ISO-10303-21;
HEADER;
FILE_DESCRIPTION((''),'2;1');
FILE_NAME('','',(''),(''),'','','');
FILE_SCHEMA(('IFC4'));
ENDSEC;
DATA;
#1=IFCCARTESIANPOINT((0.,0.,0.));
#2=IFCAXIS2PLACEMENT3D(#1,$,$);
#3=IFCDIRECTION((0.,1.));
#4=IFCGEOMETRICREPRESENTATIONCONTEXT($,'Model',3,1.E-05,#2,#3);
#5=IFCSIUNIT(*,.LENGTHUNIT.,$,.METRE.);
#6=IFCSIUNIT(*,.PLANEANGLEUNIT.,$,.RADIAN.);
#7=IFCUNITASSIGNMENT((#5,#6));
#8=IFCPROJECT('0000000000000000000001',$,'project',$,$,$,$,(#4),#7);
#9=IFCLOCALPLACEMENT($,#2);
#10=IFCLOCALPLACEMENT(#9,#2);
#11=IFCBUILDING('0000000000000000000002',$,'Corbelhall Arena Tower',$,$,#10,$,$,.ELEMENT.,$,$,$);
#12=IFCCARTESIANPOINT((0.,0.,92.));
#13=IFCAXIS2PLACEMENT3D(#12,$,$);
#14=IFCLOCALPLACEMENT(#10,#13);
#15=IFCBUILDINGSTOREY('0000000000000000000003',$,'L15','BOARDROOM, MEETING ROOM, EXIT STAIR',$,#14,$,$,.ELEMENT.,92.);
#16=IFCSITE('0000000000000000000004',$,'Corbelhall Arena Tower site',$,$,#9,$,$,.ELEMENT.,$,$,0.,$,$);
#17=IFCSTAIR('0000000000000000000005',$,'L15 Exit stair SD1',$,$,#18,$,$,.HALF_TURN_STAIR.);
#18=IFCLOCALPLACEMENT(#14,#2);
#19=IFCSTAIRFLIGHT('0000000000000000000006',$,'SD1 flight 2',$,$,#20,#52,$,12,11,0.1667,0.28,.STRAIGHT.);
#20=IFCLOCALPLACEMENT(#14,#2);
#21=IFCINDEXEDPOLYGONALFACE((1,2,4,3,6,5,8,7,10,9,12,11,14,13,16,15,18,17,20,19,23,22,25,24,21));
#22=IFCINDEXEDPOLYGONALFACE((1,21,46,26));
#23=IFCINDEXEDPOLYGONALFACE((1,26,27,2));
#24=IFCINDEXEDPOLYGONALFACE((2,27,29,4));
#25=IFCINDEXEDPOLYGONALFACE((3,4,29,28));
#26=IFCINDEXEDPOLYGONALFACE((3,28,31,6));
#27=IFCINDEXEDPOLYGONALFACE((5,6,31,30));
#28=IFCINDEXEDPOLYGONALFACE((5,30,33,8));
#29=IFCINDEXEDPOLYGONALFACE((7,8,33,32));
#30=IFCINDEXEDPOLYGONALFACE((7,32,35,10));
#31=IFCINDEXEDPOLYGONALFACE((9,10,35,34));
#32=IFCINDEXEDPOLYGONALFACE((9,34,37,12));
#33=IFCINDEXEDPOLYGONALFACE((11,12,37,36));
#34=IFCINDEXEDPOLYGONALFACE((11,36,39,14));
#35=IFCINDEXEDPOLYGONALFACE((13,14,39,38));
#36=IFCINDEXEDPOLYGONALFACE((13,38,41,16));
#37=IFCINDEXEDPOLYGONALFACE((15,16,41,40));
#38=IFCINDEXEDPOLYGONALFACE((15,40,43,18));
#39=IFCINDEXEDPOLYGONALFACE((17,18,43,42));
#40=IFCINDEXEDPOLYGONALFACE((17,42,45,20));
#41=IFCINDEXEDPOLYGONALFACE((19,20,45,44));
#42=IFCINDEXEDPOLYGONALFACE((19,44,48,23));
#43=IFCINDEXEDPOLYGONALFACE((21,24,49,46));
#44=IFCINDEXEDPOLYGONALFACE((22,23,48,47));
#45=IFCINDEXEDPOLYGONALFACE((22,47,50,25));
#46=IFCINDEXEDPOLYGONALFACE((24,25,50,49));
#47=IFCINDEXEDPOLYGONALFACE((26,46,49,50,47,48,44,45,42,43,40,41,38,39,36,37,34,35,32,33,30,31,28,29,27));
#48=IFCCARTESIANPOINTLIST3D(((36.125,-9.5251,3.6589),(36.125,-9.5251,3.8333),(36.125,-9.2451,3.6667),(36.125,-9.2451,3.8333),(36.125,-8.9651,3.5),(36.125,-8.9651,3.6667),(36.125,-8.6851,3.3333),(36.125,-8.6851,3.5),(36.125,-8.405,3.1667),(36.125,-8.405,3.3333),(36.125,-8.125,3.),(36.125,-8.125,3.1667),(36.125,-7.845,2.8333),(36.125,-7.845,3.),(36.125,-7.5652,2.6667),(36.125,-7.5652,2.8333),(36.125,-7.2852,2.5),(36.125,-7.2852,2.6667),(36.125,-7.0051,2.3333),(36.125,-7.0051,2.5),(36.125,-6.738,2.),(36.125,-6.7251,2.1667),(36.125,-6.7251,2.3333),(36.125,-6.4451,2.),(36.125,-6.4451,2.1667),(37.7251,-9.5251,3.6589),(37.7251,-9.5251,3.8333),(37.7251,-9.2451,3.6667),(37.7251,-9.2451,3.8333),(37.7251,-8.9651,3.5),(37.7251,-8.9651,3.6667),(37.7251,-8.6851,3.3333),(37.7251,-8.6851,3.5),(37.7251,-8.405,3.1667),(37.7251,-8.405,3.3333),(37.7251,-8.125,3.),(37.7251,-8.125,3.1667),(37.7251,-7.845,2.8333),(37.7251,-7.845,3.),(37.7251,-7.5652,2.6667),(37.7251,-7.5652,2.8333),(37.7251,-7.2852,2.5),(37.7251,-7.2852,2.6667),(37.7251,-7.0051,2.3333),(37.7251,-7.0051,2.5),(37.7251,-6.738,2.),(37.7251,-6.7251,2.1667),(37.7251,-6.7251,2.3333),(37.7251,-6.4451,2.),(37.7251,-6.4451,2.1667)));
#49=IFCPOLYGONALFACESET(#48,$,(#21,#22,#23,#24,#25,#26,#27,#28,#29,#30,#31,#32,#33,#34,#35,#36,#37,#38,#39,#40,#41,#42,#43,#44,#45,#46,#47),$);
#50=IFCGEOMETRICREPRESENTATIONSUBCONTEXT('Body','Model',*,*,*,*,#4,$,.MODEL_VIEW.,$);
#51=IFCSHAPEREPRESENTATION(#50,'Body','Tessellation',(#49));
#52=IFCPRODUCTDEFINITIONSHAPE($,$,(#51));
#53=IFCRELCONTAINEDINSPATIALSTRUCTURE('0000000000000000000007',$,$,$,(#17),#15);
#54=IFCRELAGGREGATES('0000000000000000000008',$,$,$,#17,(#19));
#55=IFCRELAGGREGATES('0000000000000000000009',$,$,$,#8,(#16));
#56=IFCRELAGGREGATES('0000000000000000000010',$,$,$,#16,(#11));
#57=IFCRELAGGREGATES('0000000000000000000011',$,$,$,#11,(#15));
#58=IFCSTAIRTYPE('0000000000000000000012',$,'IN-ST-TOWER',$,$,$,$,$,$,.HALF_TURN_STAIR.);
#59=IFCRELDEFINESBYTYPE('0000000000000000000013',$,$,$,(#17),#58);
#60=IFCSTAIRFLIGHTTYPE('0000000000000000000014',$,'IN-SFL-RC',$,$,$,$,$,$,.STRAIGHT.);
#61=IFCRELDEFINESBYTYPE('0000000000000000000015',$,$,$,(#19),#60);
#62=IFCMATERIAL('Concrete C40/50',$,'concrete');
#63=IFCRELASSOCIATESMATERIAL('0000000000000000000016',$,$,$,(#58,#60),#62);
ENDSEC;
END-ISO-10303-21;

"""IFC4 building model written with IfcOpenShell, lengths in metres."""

from ifc_helpers import new_model, si_unit, direction, frame, origin, place, context, subcontext, project, spatial, polyline, outline, extrude, material, type_object, element, aggregate, save


model = new_model("IFC4")

# Units and contexts
model_context = context("Model", 3, precision=1e-05, world=origin(), true_north=direction((0.0, 1.0)))
body_context = subcontext(model_context, "Body", "Model", "MODEL_VIEW")
ifc_project = project(units=[si_unit("LENGTHUNIT", "METRE"), si_unit("PLANEANGLEUNIT", "RADIAN")], contexts=[model_context])

# Site, building, storey
site_placement = place(None, origin())
site = spatial("IfcSite", under=ifc_project, at=site_placement, Name="Corbelhall Arena Tower site", CompositionType="ELEMENT", RefElevation=0.0)
building_placement = place(site_placement, origin())
building = spatial("IfcBuilding", under=site, at=building_placement, Name="Corbelhall Arena Tower", CompositionType="ELEMENT")
storey_placement = place(building_placement, frame((0.0, 0.0, 92.0)))
storey = spatial("IfcBuildingStorey", under=building, at=storey_placement, Name="L15", Description="BOARDROOM, MEETING ROOM, EXIT STAIR", CompositionType="ELEMENT", Elevation=92.0)

# Shared definitions
ifc_material_1 = material(Name="Concrete C40/50", Category="concrete")

# Stair, stair flight
stair_type = type_object("IfcStairType", Name="IN-ST-TOWER", PredefinedType="HALF_TURN_STAIR", material=ifc_material_1)
stair_placement = place(storey_placement, origin())
stair = element("IfcStair", 1, at=stair_placement, inside=storey, type_object=stair_type, Name="L15 Exit stair SD1", PredefinedType="HALF_TURN_STAIR")
stair_flight_type = type_object("IfcStairFlightType", Name="IN-SFL-RC", PredefinedType="STRAIGHT", material=ifc_material_1)
stair_flight_1_placement = place(storey_placement, frame((36.925, -6.4451, 2.0), z_axis=(0.0, 0.0, 1.0), x_axis=(0.0, -1.0, 0.0)))
stair_flight_1 = element("IfcStairFlight", 2, at=stair_flight_1_placement, type_object=stair_flight_type, Name="SD1 flight 2", NumberOfRisers=12, NumberOfTreads=11, PredefinedType="STRAIGHT", RiserHeight=0.1667, TreadLength=0.28, context=body_context, shape_type="SweptSolid", body=[
    extrude(outline(polyline([(0.0, 0.0), (0.0, 0.1667), (0.28, 0.1667), (0.28, 0.3333), (0.5601, 0.3333), (0.5601, 0.5), (0.8401, 0.5), (0.8401, 0.6667), (1.1201, 0.6667), (1.1201, 0.8333), (1.3999, 0.8333), (1.3999, 1.0), (1.6799, 1.0), (1.6799, 1.1667), (1.96, 1.1667), (1.96, 1.3333), (2.24, 1.3333), (2.24, 1.5), (2.52, 1.5), (2.52, 1.6667), (2.8, 1.6667), (2.8, 1.8333), (3.0801, 1.8333), (3.0801, 2.0), (3.0801, 1.6589), (0.293, 0.0), (0.0, 0.0)])), frame((0.0, 0.8, 0.0), z_axis=(0.0, -1.0, 0.0), x_axis=(1.0, 0.0, 0.0)), (0.0, 0.0, 1.0), 1.6001),
])
aggregate(stair, [stair_flight_1])

save(model, "model.ifc")
